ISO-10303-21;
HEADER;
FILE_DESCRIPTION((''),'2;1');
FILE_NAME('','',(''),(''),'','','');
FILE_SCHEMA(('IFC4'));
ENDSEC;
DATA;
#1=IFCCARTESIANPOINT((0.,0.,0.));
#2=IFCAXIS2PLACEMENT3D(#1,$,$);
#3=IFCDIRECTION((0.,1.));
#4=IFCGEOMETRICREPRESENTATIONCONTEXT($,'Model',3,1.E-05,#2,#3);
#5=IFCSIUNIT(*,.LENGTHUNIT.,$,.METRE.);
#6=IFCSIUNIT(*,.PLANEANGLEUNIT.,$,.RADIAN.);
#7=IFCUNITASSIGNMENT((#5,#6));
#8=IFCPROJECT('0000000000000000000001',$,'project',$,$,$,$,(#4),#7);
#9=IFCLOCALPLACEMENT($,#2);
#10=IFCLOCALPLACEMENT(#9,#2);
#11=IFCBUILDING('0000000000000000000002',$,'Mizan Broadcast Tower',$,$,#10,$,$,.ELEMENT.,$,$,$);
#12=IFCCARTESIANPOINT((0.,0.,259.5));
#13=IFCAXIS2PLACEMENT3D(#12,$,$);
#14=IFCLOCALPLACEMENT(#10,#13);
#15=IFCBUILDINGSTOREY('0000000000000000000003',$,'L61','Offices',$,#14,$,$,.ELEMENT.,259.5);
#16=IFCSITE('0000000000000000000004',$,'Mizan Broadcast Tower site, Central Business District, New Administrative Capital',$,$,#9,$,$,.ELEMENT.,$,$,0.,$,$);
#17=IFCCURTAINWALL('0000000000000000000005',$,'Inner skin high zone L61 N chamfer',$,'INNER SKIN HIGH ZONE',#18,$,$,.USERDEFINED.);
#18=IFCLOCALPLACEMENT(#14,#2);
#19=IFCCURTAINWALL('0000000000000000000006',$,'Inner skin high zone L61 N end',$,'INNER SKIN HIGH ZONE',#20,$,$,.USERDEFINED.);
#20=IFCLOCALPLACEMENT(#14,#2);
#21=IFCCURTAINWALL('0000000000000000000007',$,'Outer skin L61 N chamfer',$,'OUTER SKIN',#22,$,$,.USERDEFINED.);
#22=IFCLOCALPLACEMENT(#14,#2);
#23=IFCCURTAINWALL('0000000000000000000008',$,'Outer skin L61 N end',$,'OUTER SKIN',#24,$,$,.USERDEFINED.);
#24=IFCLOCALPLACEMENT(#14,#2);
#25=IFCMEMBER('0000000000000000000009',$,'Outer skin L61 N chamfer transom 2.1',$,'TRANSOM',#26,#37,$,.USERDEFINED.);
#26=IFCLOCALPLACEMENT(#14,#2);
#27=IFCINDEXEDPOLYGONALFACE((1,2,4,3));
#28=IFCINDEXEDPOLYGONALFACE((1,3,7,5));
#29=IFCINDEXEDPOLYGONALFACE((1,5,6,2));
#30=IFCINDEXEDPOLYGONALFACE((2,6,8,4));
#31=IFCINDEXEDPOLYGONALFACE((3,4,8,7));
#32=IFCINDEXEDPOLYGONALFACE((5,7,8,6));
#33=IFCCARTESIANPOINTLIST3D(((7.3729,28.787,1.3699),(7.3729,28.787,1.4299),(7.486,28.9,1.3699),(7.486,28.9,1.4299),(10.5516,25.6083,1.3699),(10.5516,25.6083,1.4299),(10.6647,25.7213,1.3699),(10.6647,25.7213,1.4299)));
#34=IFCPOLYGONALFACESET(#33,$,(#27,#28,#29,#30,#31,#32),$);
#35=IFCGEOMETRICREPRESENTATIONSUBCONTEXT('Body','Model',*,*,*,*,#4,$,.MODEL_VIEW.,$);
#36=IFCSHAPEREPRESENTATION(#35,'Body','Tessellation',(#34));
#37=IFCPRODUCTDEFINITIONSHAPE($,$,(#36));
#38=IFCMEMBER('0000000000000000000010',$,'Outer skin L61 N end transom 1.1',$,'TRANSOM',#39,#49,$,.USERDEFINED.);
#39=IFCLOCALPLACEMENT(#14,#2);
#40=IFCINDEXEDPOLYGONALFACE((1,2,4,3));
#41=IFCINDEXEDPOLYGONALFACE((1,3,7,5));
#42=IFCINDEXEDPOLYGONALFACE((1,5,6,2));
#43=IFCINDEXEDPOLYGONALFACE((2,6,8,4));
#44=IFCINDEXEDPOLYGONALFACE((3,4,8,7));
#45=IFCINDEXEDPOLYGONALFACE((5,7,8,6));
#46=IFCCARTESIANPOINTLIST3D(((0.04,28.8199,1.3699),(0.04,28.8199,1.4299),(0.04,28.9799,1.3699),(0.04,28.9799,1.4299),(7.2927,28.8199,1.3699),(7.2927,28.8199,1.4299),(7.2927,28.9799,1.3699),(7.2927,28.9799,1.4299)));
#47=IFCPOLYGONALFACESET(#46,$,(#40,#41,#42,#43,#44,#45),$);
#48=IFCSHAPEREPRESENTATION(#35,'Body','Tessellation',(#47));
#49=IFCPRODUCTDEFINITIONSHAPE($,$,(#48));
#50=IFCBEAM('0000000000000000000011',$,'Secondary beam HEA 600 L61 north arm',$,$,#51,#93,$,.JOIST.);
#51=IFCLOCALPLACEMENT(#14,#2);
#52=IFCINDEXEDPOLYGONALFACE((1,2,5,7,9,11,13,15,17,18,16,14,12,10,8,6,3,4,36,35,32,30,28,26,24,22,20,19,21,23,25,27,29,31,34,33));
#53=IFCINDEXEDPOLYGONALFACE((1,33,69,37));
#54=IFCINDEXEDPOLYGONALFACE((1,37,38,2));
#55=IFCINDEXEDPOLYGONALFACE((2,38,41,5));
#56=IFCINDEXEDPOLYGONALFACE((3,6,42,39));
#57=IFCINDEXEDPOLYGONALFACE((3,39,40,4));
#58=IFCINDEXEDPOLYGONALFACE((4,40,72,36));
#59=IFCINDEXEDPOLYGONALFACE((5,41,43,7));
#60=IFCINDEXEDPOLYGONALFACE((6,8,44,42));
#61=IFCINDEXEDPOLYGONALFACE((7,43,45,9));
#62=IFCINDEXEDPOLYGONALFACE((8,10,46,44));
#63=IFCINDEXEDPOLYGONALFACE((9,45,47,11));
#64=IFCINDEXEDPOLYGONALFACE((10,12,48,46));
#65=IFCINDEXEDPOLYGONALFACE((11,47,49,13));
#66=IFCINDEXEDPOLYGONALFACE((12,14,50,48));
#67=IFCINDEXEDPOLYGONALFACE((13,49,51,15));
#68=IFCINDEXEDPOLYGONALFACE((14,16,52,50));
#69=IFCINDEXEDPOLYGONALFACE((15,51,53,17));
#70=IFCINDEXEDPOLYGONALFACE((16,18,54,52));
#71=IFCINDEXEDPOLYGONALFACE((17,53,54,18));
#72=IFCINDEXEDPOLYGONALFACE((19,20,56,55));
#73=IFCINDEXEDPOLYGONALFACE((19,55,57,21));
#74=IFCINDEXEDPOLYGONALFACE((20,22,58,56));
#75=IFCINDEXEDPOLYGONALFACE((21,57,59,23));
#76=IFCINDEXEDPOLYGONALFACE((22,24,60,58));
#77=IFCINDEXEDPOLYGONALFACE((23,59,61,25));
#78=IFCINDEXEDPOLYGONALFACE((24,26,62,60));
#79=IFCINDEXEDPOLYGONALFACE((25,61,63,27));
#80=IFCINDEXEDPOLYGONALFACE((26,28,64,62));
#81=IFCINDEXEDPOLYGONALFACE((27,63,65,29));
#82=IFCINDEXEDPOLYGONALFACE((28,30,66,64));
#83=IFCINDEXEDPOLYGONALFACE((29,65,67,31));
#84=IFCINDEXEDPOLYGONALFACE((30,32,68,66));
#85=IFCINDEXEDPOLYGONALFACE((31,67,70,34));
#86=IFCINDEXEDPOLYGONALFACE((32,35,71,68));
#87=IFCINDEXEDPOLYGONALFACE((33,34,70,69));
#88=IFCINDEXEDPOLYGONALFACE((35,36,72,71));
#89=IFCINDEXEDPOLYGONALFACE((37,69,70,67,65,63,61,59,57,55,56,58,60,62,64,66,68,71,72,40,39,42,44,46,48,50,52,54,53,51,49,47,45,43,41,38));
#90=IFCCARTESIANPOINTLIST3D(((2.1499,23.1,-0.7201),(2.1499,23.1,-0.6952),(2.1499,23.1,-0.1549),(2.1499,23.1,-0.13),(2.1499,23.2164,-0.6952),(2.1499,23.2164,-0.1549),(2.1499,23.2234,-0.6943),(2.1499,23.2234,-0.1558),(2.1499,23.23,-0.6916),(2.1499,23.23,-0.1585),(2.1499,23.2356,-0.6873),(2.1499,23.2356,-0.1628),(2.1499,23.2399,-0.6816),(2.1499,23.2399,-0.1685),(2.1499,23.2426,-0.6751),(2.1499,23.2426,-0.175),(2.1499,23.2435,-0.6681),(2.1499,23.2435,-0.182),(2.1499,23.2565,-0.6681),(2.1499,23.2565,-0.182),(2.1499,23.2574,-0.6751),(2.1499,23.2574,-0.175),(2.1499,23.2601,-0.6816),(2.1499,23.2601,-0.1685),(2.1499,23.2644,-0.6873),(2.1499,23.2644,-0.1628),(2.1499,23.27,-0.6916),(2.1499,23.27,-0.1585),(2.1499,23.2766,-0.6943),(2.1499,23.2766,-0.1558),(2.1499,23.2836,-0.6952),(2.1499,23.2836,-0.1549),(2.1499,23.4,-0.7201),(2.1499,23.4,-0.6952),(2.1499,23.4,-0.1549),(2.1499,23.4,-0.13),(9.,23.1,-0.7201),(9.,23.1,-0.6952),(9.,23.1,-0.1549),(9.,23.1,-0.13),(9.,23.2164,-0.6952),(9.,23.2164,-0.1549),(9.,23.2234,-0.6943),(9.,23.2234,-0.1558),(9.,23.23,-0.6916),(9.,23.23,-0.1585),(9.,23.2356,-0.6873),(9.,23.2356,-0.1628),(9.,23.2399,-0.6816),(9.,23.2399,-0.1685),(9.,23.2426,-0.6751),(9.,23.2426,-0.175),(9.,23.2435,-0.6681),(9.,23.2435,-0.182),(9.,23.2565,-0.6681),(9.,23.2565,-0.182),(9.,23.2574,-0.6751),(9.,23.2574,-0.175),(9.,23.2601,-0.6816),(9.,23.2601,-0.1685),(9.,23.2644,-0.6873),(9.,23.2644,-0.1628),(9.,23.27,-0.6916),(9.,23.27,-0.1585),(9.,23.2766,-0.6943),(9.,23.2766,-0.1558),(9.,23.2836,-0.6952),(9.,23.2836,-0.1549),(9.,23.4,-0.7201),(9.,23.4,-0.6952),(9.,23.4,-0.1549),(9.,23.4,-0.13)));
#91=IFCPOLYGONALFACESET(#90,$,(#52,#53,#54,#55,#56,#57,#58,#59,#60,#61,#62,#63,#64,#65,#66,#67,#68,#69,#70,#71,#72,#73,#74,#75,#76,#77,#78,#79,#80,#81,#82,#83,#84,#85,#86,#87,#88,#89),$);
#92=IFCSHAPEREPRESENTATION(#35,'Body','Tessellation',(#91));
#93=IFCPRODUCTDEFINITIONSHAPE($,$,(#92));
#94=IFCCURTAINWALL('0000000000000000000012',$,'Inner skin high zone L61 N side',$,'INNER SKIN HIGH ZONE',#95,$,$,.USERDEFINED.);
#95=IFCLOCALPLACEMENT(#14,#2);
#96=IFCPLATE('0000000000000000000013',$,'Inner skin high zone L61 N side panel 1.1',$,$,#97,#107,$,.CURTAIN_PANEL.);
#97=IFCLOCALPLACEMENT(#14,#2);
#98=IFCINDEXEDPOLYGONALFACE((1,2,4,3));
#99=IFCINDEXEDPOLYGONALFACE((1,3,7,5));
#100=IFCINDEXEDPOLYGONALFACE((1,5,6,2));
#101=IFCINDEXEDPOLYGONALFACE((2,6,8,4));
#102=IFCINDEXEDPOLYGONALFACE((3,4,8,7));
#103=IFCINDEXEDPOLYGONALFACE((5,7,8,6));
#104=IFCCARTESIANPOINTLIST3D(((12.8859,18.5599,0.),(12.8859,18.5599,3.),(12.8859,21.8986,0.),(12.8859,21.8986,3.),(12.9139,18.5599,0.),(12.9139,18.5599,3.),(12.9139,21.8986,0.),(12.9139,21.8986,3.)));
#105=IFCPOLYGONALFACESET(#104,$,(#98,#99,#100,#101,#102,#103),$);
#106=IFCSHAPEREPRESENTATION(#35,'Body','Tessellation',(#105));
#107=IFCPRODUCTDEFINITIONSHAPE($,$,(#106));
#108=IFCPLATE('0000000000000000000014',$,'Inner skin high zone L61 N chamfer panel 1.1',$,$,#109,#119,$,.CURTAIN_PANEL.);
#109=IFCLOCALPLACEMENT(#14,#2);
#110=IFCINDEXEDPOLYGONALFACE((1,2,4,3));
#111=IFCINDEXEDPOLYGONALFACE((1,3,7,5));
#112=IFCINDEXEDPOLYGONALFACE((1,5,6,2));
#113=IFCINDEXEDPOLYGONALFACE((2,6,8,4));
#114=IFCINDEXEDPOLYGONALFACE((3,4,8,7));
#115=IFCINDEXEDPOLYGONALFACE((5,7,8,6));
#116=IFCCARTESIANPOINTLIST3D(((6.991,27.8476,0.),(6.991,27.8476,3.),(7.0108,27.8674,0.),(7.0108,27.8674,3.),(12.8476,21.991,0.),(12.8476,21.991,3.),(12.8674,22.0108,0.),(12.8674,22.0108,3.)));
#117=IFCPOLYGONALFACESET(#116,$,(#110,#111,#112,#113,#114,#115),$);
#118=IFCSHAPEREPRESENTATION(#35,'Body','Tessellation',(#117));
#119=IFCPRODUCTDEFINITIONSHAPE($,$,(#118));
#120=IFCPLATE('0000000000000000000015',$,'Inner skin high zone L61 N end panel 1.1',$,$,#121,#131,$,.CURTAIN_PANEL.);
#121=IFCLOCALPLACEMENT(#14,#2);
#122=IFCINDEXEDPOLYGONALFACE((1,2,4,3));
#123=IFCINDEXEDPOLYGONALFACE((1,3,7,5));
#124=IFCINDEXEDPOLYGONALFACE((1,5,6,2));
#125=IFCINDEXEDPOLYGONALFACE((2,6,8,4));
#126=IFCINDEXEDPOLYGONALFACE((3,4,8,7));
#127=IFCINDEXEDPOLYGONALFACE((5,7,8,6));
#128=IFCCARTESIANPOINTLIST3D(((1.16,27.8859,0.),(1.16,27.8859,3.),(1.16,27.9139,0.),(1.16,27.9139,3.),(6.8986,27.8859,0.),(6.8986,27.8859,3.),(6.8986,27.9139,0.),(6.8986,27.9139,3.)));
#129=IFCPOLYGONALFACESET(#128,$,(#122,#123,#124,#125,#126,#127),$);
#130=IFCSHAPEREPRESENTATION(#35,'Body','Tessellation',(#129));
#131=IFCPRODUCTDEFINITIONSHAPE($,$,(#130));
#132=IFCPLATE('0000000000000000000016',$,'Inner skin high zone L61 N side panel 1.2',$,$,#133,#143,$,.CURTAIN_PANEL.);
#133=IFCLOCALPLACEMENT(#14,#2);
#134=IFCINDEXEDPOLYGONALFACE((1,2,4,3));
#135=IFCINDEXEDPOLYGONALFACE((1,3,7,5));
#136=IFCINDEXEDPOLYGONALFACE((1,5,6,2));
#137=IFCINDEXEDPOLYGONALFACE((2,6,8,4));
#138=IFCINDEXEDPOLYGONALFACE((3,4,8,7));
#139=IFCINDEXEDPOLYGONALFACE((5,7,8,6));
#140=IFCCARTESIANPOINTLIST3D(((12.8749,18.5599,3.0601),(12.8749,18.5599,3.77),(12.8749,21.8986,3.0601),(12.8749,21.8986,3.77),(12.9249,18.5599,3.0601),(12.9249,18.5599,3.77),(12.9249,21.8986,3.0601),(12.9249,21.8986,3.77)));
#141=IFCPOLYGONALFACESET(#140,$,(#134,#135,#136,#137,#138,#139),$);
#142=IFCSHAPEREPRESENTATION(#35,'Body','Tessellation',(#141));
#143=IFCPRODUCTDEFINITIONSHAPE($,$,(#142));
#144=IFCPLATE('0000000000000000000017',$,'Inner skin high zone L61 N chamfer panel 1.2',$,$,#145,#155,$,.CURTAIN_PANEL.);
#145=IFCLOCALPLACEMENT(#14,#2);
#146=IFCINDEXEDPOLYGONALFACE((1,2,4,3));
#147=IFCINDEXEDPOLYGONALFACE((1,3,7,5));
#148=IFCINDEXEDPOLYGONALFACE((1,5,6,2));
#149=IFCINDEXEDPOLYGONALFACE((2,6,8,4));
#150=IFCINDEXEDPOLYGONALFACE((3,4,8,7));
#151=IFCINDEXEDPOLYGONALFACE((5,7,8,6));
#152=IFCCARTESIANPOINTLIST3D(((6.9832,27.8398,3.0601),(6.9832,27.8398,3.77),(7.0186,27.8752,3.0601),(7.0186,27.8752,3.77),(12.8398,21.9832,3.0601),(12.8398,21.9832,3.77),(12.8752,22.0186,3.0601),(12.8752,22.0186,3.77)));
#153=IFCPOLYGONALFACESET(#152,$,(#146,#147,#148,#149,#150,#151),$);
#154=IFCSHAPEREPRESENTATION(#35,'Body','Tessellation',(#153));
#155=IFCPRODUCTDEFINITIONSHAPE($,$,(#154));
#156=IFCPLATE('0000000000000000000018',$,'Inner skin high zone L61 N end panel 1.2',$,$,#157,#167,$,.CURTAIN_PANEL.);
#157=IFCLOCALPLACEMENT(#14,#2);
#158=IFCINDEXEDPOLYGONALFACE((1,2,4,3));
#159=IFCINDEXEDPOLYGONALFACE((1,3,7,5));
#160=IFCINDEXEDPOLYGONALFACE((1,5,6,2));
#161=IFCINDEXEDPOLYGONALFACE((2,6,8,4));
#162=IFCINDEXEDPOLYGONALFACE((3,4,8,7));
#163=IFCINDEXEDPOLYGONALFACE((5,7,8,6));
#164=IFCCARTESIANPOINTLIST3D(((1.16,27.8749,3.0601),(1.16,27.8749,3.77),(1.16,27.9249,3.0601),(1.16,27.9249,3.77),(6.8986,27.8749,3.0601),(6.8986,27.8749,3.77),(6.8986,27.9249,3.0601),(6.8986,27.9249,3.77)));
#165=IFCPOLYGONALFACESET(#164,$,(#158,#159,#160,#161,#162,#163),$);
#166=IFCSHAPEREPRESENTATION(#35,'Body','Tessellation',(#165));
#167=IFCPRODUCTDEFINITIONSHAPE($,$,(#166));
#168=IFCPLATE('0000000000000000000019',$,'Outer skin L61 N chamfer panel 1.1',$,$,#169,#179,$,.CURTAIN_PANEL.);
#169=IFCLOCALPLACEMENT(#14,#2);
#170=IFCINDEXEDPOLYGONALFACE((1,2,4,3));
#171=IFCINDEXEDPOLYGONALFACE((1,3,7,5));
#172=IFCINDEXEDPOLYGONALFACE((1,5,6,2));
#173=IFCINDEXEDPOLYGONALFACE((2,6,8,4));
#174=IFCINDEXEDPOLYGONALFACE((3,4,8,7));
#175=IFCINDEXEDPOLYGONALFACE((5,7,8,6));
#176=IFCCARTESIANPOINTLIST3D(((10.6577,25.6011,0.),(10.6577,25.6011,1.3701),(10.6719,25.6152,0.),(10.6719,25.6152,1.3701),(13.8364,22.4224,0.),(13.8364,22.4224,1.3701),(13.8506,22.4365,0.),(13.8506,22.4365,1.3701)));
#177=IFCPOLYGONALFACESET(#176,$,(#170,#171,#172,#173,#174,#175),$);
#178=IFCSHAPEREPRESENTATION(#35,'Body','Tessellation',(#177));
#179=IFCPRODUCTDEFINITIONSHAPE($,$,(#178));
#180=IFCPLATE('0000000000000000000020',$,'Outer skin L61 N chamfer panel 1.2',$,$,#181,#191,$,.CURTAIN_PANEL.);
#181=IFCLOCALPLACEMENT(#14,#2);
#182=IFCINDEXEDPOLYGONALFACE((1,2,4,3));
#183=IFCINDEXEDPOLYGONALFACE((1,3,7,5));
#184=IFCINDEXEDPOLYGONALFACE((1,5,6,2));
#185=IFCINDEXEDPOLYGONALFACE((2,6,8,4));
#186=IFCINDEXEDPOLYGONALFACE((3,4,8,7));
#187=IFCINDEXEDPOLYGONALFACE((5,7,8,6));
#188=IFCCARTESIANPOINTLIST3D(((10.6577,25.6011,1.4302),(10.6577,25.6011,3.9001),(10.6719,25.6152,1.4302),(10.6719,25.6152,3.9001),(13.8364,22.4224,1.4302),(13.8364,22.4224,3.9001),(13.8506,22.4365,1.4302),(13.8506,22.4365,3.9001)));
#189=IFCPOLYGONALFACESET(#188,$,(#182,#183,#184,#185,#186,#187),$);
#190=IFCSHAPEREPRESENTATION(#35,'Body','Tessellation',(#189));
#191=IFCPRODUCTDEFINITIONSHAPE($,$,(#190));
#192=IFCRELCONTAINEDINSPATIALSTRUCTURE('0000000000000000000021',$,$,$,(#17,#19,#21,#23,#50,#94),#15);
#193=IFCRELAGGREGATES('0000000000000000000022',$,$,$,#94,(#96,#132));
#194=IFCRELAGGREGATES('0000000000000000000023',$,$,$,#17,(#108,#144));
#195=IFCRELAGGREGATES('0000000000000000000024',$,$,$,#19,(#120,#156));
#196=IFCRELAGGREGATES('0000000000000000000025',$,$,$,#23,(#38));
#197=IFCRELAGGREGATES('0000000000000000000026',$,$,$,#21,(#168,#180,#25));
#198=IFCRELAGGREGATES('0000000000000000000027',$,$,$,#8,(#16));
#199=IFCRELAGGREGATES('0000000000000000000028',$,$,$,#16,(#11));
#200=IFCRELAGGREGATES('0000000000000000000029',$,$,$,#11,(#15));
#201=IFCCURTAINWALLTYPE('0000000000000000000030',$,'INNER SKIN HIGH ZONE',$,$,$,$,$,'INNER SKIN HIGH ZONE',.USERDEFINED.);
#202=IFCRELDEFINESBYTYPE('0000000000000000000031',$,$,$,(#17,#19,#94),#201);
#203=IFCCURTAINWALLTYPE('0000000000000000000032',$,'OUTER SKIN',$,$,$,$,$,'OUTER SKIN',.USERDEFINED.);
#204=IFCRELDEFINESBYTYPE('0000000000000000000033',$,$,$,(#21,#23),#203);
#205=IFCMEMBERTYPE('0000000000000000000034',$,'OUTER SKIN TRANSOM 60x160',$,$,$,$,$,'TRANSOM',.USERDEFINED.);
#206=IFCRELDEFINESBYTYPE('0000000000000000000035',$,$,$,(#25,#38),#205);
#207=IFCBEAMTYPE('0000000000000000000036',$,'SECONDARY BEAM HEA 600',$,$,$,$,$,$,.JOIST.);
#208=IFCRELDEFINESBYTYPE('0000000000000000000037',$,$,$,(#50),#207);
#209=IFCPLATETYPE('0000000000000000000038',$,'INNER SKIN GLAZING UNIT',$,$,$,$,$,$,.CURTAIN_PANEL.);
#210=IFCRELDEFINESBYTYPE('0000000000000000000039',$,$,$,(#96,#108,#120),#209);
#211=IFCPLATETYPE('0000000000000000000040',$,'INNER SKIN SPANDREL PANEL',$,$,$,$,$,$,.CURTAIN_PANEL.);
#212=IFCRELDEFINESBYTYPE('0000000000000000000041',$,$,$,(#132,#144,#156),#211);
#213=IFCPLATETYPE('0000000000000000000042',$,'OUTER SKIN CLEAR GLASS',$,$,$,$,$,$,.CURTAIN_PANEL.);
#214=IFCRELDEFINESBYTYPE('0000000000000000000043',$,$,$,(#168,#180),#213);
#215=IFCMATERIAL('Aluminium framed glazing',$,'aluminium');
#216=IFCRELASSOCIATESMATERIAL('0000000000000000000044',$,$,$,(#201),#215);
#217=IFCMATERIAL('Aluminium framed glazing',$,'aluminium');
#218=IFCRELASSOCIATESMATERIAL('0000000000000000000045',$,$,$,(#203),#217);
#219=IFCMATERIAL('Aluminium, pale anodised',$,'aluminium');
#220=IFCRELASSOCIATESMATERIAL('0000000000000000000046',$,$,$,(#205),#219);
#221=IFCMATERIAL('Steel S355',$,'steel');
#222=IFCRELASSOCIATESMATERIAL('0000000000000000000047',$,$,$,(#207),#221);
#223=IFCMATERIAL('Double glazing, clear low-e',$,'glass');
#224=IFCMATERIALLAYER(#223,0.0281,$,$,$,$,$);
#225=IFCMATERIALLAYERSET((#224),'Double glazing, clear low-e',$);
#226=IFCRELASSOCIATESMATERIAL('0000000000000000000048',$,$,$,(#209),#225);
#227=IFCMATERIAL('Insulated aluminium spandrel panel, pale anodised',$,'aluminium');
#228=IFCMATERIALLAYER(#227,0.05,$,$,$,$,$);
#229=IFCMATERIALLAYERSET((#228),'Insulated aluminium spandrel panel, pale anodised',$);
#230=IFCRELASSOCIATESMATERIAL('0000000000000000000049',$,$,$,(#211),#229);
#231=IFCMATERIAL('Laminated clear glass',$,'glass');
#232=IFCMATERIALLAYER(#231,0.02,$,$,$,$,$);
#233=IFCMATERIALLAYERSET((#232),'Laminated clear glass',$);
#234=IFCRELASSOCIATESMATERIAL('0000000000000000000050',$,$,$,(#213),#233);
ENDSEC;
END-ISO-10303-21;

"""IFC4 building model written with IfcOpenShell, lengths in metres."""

from ifc_helpers import new_model, si_unit, direction, frame, origin, origin_2d, place, context, subcontext, project, spatial, rectangle, i_section, extrude, material, layer, layer_set, material_profile, profile_set, type_object, element, aggregate, save


model = new_model("IFC4")

# Units and contexts
model_context = context("Model", 3, precision=1e-05, world=origin(), true_north=direction((0.0, 1.0)))
body_context = subcontext(model_context, "Body", "Model", "MODEL_VIEW")
ifc_project = project(units=[si_unit("LENGTHUNIT", "METRE"), si_unit("PLANEANGLEUNIT", "RADIAN")], contexts=[model_context])

# Site, building, storey
site_placement = place(None, origin())
site = spatial("IfcSite", under=ifc_project, at=site_placement, Name="Mizan Broadcast Tower site, Central Business District, New Administrative Capital", CompositionType="ELEMENT", RefElevation=0.0)
building_placement = place(site_placement, origin())
building = spatial("IfcBuilding", under=site, at=building_placement, Name="Mizan Broadcast Tower", CompositionType="ELEMENT")
storey_placement = place(building_placement, frame((0.0, 0.0, 259.5)))
storey = spatial("IfcBuildingStorey", under=building, at=storey_placement, Name="L61", Description="Offices", CompositionType="ELEMENT", Elevation=259.5)

# Curtain walls
ifc_material_1 = material(Name="Aluminium framed glazing", Category="aluminium")
curtain_wall_type_1 = type_object("IfcCurtainWallType", Name="INNER SKIN HIGH ZONE", ElementType="INNER SKIN HIGH ZONE", PredefinedType="USERDEFINED", material=ifc_material_1)
curtain_wall_1_placement = place(storey_placement, origin())
curtain_wall_1 = element("IfcCurtainWall", 1, at=curtain_wall_1_placement, inside=storey, type_object=curtain_wall_type_1, Name="Inner skin high zone L61 N chamfer", ObjectType="INNER SKIN HIGH ZONE", PredefinedType="USERDEFINED")
curtain_wall_2_placement = place(storey_placement, origin())
curtain_wall_2 = element("IfcCurtainWall", 2, at=curtain_wall_2_placement, inside=storey, type_object=curtain_wall_type_1, Name="Inner skin high zone L61 N end", ObjectType="INNER SKIN HIGH ZONE", PredefinedType="USERDEFINED")

# Curtain wall
ifc_material_2 = material(Name="Aluminium framed glazing", Category="aluminium")
curtain_wall_type_2 = type_object("IfcCurtainWallType", Name="OUTER SKIN", ElementType="OUTER SKIN", PredefinedType="USERDEFINED", material=ifc_material_2)
curtain_wall_3_placement = place(storey_placement, origin())
curtain_wall_3 = element("IfcCurtainWall", 3, at=curtain_wall_3_placement, inside=storey, type_object=curtain_wall_type_2, Name="Outer skin L61 N chamfer", ObjectType="OUTER SKIN", PredefinedType="USERDEFINED")

# Curtain wall
curtain_wall_4_placement = place(storey_placement, origin())
curtain_wall_4 = element("IfcCurtainWall", 4, at=curtain_wall_4_placement, inside=storey, type_object=curtain_wall_type_2, Name="Outer skin L61 N end", ObjectType="OUTER SKIN", PredefinedType="USERDEFINED")

# Members
ifc_material_3 = material(Name="Aluminium, pale anodised", Category="aluminium")
ifc_material_profile_1 = material_profile(ifc_material_3, rectangle(XDim=0.1599, YDim=0.0601, at=origin_2d()), Name="TRANSOM 160x60")
ifc_profile_set_1 = profile_set([ifc_material_profile_1], Name="Aluminium, pale anodised")
member_type_1 = type_object("IfcMemberType", Name="OUTER SKIN TRANSOM 60x160", ElementType="TRANSOM", PredefinedType="USERDEFINED", material=ifc_profile_set_1)
member_1_placement = place(storey_placement, frame((10.6082, 25.6648, 1.3999), z_axis=(-0.707107, 0.707107, 0.0), x_axis=(-0.707107, -0.707107, 0.0)))
member_1 = element("IfcMember", 5, at=member_1_placement, type_object=member_type_1, Name="Outer skin L61 N chamfer transom 2.1", ObjectType="TRANSOM", PredefinedType="USERDEFINED", context=body_context, shape_type="SweptSolid", body=[
    extrude(rectangle(XDim=0.1599, YDim=0.0601, at=origin_2d()), origin(), (0.0, 0.0, 1.0), 4.4954),
])
member_2_placement = place(storey_placement, frame((7.2927, 28.8999, 1.3999), z_axis=(-1.0, 0.0, 0.0), x_axis=(0.0, -1.0, 0.0)))
member_2 = element("IfcMember", 6, at=member_2_placement, type_object=member_type_1, Name="Outer skin L61 N end transom 1.1", ObjectType="TRANSOM", PredefinedType="USERDEFINED", context=body_context, shape_type="SweptSolid", body=[
    extrude(rectangle(XDim=0.1599, YDim=0.0601, at=origin_2d()), origin(), (0.0, 0.0, 1.0), 7.2527),
])

# Beam
ifc_material_4 = material(Name="Steel S355", Category="steel")
ifc_material_profile_2 = material_profile(ifc_material_4, i_section(OverallWidth=0.3, OverallDepth=0.5901, WebThickness=0.0129, FlangeThickness=0.0249, FilletRadius=0.0271, at=origin_2d()), Name="HEA 600")
ifc_profile_set_2 = profile_set([ifc_material_profile_2], Name="Steel S355")
beam_type_1 = type_object("IfcBeamType", Name="SECONDARY BEAM HEA 600", PredefinedType="JOIST", material=ifc_profile_set_2)
beam_1_placement = place(storey_placement, frame((9.0, 23.25, -0.425), z_axis=(-1.0, 0.0, 0.0), x_axis=(0.0, -1.0, 0.0)))
element("IfcBeam", 7, at=beam_1_placement, inside=storey, type_object=beam_type_1, Name="Secondary beam HEA 600 L61 north arm", PredefinedType="JOIST", context=body_context, shape_type="SweptSolid", body=[
    extrude(i_section(OverallWidth=0.3, OverallDepth=0.5901, WebThickness=0.0129, FlangeThickness=0.0249, FilletRadius=0.0271, at=origin_2d()), origin(), (0.0, 0.0, 1.0), 6.8501),
])

# Curtain wall, plate
curtain_wall_5_placement = place(storey_placement, origin())
curtain_wall_5 = element("IfcCurtainWall", 8, at=curtain_wall_5_placement, inside=storey, type_object=curtain_wall_type_1, Name="Inner skin high zone L61 N side", ObjectType="INNER SKIN HIGH ZONE", PredefinedType="USERDEFINED")
ifc_material_5 = material(Name="Double glazing, clear low-e", Category="glass")
ifc_layer_1 = layer(ifc_material_5, 0.0281)
ifc_layer_set_1 = layer_set([ifc_layer_1], Name="Double glazing, clear low-e")
plate_type_1 = type_object("IfcPlateType", Name="INNER SKIN GLAZING UNIT", PredefinedType="CURTAIN_PANEL", material=ifc_layer_set_1)
plate_1_placement = place(storey_placement, frame((12.8999, 20.2292, 0.0), z_axis=(0.0, 0.0, 1.0), x_axis=(0.0, 1.0, 0.0)))
plate_1 = element("IfcPlate", 9, at=plate_1_placement, type_object=plate_type_1, Name="Inner skin high zone L61 N side panel 1.1", PredefinedType="CURTAIN_PANEL", context=body_context, shape_type="SweptSolid", body=[
    extrude(rectangle(XDim=3.3386, YDim=0.0281, at=origin_2d()), origin(), (0.0, 0.0, 1.0), 3.0),
])

# Plates
plate_2_placement = place(storey_placement, frame((9.9292, 24.9292, 0.0), z_axis=(0.0, 0.0, 1.0), x_axis=(-0.707107, 0.707107, 0.0)))
plate_2 = element("IfcPlate", 10, at=plate_2_placement, type_object=plate_type_1, Name="Inner skin high zone L61 N chamfer panel 1.1", PredefinedType="CURTAIN_PANEL", context=body_context, shape_type="SweptSolid", body=[
    extrude(rectangle(XDim=8.2825, YDim=0.0281, at=origin_2d()), origin(), (0.0, 0.0, 1.0), 3.0),
])
plate_3_placement = place(storey_placement, frame((4.0293, 27.8999, 0.0), z_axis=(0.0, 0.0, 1.0), x_axis=(-1.0, 0.0, 0.0)))
plate_3 = element("IfcPlate", 11, at=plate_3_placement, type_object=plate_type_1, Name="Inner skin high zone L61 N end panel 1.1", PredefinedType="CURTAIN_PANEL", context=body_context, shape_type="SweptSolid", body=[
    extrude(rectangle(XDim=5.7385, YDim=0.0281, at=origin_2d()), origin(), (0.0, 0.0, 1.0), 3.0),
])
ifc_material_6 = material(Name="Insulated aluminium spandrel panel, pale anodised", Category="aluminium")
ifc_layer_2 = layer(ifc_material_6, 0.05)
ifc_layer_set_2 = layer_set([ifc_layer_2], Name="Insulated aluminium spandrel panel, pale anodised")
plate_type_2 = type_object("IfcPlateType", Name="INNER SKIN SPANDREL PANEL", PredefinedType="CURTAIN_PANEL", material=ifc_layer_set_2)
plate_4_placement = place(storey_placement, frame((12.8999, 20.2292, 3.0601), z_axis=(0.0, 0.0, 1.0), x_axis=(0.0, 1.0, 0.0)))
plate_4 = element("IfcPlate", 12, at=plate_4_placement, type_object=plate_type_2, Name="Inner skin high zone L61 N side panel 1.2", PredefinedType="CURTAIN_PANEL", context=body_context, shape_type="SweptSolid", body=[
    extrude(rectangle(XDim=3.3386, YDim=0.05, at=origin_2d()), origin(), (0.0, 0.0, 1.0), 0.71),
])
aggregate(curtain_wall_5, [plate_1, plate_4])
plate_5_placement = place(storey_placement, frame((9.9292, 24.9292, 3.0601), z_axis=(0.0, 0.0, 1.0), x_axis=(-0.707107, 0.707107, 0.0)))
plate_5 = element("IfcPlate", 13, at=plate_5_placement, type_object=plate_type_2, Name="Inner skin high zone L61 N chamfer panel 1.2", PredefinedType="CURTAIN_PANEL", context=body_context, shape_type="SweptSolid", body=[
    extrude(rectangle(XDim=8.2825, YDim=0.05, at=origin_2d()), origin(), (0.0, 0.0, 1.0), 0.71),
])
aggregate(curtain_wall_1, [plate_2, plate_5])
plate_6_placement = place(storey_placement, frame((4.0293, 27.8999, 3.0601), z_axis=(0.0, 0.0, 1.0), x_axis=(-1.0, 0.0, 0.0)))
plate_6 = element("IfcPlate", 14, at=plate_6_placement, type_object=plate_type_2, Name="Inner skin high zone L61 N end panel 1.2", PredefinedType="CURTAIN_PANEL", context=body_context, shape_type="SweptSolid", body=[
    extrude(rectangle(XDim=5.7385, YDim=0.05, at=origin_2d()), origin(), (0.0, 0.0, 1.0), 0.71),
])
aggregate(curtain_wall_2, [plate_3, plate_6])
ifc_material_7 = material(Name="Laminated clear glass", Category="glass")
ifc_layer_3 = layer(ifc_material_7, 0.02)
ifc_layer_set_3 = layer_set([ifc_layer_3], Name="Laminated clear glass")
plate_type_3 = type_object("IfcPlateType", Name="OUTER SKIN CLEAR GLASS", PredefinedType="CURTAIN_PANEL", material=ifc_layer_set_3)
plate_7_placement = place(storey_placement, frame((12.2542, 24.0188, 0.0), z_axis=(0.0, 0.0, 1.0), x_axis=(-0.707107, 0.707107, 0.0)))
plate_7 = element("IfcPlate", 15, at=plate_7_placement, type_object=plate_type_3, Name="Outer skin L61 N chamfer panel 1.1", PredefinedType="CURTAIN_PANEL", context=body_context, shape_type="SweptSolid", body=[
    extrude(rectangle(XDim=4.4954, YDim=0.02, at=origin_2d()), origin(), (0.0, 0.0, 1.0), 1.3701),
])
plate_8_placement = place(storey_placement, frame((12.2542, 24.0188, 1.4302), z_axis=(0.0, 0.0, 1.0), x_axis=(-0.707107, 0.707107, 0.0)))
plate_8 = element("IfcPlate", 16, at=plate_8_placement, type_object=plate_type_3, Name="Outer skin L61 N chamfer panel 1.2", PredefinedType="CURTAIN_PANEL", context=body_context, shape_type="SweptSolid", body=[
    extrude(rectangle(XDim=4.4954, YDim=0.02, at=origin_2d()), origin(), (0.0, 0.0, 1.0), 2.47),
])
aggregate(curtain_wall_4, [member_2])
aggregate(curtain_wall_3, [plate_7, plate_8, member_1])

save(model, "model.ifc")
